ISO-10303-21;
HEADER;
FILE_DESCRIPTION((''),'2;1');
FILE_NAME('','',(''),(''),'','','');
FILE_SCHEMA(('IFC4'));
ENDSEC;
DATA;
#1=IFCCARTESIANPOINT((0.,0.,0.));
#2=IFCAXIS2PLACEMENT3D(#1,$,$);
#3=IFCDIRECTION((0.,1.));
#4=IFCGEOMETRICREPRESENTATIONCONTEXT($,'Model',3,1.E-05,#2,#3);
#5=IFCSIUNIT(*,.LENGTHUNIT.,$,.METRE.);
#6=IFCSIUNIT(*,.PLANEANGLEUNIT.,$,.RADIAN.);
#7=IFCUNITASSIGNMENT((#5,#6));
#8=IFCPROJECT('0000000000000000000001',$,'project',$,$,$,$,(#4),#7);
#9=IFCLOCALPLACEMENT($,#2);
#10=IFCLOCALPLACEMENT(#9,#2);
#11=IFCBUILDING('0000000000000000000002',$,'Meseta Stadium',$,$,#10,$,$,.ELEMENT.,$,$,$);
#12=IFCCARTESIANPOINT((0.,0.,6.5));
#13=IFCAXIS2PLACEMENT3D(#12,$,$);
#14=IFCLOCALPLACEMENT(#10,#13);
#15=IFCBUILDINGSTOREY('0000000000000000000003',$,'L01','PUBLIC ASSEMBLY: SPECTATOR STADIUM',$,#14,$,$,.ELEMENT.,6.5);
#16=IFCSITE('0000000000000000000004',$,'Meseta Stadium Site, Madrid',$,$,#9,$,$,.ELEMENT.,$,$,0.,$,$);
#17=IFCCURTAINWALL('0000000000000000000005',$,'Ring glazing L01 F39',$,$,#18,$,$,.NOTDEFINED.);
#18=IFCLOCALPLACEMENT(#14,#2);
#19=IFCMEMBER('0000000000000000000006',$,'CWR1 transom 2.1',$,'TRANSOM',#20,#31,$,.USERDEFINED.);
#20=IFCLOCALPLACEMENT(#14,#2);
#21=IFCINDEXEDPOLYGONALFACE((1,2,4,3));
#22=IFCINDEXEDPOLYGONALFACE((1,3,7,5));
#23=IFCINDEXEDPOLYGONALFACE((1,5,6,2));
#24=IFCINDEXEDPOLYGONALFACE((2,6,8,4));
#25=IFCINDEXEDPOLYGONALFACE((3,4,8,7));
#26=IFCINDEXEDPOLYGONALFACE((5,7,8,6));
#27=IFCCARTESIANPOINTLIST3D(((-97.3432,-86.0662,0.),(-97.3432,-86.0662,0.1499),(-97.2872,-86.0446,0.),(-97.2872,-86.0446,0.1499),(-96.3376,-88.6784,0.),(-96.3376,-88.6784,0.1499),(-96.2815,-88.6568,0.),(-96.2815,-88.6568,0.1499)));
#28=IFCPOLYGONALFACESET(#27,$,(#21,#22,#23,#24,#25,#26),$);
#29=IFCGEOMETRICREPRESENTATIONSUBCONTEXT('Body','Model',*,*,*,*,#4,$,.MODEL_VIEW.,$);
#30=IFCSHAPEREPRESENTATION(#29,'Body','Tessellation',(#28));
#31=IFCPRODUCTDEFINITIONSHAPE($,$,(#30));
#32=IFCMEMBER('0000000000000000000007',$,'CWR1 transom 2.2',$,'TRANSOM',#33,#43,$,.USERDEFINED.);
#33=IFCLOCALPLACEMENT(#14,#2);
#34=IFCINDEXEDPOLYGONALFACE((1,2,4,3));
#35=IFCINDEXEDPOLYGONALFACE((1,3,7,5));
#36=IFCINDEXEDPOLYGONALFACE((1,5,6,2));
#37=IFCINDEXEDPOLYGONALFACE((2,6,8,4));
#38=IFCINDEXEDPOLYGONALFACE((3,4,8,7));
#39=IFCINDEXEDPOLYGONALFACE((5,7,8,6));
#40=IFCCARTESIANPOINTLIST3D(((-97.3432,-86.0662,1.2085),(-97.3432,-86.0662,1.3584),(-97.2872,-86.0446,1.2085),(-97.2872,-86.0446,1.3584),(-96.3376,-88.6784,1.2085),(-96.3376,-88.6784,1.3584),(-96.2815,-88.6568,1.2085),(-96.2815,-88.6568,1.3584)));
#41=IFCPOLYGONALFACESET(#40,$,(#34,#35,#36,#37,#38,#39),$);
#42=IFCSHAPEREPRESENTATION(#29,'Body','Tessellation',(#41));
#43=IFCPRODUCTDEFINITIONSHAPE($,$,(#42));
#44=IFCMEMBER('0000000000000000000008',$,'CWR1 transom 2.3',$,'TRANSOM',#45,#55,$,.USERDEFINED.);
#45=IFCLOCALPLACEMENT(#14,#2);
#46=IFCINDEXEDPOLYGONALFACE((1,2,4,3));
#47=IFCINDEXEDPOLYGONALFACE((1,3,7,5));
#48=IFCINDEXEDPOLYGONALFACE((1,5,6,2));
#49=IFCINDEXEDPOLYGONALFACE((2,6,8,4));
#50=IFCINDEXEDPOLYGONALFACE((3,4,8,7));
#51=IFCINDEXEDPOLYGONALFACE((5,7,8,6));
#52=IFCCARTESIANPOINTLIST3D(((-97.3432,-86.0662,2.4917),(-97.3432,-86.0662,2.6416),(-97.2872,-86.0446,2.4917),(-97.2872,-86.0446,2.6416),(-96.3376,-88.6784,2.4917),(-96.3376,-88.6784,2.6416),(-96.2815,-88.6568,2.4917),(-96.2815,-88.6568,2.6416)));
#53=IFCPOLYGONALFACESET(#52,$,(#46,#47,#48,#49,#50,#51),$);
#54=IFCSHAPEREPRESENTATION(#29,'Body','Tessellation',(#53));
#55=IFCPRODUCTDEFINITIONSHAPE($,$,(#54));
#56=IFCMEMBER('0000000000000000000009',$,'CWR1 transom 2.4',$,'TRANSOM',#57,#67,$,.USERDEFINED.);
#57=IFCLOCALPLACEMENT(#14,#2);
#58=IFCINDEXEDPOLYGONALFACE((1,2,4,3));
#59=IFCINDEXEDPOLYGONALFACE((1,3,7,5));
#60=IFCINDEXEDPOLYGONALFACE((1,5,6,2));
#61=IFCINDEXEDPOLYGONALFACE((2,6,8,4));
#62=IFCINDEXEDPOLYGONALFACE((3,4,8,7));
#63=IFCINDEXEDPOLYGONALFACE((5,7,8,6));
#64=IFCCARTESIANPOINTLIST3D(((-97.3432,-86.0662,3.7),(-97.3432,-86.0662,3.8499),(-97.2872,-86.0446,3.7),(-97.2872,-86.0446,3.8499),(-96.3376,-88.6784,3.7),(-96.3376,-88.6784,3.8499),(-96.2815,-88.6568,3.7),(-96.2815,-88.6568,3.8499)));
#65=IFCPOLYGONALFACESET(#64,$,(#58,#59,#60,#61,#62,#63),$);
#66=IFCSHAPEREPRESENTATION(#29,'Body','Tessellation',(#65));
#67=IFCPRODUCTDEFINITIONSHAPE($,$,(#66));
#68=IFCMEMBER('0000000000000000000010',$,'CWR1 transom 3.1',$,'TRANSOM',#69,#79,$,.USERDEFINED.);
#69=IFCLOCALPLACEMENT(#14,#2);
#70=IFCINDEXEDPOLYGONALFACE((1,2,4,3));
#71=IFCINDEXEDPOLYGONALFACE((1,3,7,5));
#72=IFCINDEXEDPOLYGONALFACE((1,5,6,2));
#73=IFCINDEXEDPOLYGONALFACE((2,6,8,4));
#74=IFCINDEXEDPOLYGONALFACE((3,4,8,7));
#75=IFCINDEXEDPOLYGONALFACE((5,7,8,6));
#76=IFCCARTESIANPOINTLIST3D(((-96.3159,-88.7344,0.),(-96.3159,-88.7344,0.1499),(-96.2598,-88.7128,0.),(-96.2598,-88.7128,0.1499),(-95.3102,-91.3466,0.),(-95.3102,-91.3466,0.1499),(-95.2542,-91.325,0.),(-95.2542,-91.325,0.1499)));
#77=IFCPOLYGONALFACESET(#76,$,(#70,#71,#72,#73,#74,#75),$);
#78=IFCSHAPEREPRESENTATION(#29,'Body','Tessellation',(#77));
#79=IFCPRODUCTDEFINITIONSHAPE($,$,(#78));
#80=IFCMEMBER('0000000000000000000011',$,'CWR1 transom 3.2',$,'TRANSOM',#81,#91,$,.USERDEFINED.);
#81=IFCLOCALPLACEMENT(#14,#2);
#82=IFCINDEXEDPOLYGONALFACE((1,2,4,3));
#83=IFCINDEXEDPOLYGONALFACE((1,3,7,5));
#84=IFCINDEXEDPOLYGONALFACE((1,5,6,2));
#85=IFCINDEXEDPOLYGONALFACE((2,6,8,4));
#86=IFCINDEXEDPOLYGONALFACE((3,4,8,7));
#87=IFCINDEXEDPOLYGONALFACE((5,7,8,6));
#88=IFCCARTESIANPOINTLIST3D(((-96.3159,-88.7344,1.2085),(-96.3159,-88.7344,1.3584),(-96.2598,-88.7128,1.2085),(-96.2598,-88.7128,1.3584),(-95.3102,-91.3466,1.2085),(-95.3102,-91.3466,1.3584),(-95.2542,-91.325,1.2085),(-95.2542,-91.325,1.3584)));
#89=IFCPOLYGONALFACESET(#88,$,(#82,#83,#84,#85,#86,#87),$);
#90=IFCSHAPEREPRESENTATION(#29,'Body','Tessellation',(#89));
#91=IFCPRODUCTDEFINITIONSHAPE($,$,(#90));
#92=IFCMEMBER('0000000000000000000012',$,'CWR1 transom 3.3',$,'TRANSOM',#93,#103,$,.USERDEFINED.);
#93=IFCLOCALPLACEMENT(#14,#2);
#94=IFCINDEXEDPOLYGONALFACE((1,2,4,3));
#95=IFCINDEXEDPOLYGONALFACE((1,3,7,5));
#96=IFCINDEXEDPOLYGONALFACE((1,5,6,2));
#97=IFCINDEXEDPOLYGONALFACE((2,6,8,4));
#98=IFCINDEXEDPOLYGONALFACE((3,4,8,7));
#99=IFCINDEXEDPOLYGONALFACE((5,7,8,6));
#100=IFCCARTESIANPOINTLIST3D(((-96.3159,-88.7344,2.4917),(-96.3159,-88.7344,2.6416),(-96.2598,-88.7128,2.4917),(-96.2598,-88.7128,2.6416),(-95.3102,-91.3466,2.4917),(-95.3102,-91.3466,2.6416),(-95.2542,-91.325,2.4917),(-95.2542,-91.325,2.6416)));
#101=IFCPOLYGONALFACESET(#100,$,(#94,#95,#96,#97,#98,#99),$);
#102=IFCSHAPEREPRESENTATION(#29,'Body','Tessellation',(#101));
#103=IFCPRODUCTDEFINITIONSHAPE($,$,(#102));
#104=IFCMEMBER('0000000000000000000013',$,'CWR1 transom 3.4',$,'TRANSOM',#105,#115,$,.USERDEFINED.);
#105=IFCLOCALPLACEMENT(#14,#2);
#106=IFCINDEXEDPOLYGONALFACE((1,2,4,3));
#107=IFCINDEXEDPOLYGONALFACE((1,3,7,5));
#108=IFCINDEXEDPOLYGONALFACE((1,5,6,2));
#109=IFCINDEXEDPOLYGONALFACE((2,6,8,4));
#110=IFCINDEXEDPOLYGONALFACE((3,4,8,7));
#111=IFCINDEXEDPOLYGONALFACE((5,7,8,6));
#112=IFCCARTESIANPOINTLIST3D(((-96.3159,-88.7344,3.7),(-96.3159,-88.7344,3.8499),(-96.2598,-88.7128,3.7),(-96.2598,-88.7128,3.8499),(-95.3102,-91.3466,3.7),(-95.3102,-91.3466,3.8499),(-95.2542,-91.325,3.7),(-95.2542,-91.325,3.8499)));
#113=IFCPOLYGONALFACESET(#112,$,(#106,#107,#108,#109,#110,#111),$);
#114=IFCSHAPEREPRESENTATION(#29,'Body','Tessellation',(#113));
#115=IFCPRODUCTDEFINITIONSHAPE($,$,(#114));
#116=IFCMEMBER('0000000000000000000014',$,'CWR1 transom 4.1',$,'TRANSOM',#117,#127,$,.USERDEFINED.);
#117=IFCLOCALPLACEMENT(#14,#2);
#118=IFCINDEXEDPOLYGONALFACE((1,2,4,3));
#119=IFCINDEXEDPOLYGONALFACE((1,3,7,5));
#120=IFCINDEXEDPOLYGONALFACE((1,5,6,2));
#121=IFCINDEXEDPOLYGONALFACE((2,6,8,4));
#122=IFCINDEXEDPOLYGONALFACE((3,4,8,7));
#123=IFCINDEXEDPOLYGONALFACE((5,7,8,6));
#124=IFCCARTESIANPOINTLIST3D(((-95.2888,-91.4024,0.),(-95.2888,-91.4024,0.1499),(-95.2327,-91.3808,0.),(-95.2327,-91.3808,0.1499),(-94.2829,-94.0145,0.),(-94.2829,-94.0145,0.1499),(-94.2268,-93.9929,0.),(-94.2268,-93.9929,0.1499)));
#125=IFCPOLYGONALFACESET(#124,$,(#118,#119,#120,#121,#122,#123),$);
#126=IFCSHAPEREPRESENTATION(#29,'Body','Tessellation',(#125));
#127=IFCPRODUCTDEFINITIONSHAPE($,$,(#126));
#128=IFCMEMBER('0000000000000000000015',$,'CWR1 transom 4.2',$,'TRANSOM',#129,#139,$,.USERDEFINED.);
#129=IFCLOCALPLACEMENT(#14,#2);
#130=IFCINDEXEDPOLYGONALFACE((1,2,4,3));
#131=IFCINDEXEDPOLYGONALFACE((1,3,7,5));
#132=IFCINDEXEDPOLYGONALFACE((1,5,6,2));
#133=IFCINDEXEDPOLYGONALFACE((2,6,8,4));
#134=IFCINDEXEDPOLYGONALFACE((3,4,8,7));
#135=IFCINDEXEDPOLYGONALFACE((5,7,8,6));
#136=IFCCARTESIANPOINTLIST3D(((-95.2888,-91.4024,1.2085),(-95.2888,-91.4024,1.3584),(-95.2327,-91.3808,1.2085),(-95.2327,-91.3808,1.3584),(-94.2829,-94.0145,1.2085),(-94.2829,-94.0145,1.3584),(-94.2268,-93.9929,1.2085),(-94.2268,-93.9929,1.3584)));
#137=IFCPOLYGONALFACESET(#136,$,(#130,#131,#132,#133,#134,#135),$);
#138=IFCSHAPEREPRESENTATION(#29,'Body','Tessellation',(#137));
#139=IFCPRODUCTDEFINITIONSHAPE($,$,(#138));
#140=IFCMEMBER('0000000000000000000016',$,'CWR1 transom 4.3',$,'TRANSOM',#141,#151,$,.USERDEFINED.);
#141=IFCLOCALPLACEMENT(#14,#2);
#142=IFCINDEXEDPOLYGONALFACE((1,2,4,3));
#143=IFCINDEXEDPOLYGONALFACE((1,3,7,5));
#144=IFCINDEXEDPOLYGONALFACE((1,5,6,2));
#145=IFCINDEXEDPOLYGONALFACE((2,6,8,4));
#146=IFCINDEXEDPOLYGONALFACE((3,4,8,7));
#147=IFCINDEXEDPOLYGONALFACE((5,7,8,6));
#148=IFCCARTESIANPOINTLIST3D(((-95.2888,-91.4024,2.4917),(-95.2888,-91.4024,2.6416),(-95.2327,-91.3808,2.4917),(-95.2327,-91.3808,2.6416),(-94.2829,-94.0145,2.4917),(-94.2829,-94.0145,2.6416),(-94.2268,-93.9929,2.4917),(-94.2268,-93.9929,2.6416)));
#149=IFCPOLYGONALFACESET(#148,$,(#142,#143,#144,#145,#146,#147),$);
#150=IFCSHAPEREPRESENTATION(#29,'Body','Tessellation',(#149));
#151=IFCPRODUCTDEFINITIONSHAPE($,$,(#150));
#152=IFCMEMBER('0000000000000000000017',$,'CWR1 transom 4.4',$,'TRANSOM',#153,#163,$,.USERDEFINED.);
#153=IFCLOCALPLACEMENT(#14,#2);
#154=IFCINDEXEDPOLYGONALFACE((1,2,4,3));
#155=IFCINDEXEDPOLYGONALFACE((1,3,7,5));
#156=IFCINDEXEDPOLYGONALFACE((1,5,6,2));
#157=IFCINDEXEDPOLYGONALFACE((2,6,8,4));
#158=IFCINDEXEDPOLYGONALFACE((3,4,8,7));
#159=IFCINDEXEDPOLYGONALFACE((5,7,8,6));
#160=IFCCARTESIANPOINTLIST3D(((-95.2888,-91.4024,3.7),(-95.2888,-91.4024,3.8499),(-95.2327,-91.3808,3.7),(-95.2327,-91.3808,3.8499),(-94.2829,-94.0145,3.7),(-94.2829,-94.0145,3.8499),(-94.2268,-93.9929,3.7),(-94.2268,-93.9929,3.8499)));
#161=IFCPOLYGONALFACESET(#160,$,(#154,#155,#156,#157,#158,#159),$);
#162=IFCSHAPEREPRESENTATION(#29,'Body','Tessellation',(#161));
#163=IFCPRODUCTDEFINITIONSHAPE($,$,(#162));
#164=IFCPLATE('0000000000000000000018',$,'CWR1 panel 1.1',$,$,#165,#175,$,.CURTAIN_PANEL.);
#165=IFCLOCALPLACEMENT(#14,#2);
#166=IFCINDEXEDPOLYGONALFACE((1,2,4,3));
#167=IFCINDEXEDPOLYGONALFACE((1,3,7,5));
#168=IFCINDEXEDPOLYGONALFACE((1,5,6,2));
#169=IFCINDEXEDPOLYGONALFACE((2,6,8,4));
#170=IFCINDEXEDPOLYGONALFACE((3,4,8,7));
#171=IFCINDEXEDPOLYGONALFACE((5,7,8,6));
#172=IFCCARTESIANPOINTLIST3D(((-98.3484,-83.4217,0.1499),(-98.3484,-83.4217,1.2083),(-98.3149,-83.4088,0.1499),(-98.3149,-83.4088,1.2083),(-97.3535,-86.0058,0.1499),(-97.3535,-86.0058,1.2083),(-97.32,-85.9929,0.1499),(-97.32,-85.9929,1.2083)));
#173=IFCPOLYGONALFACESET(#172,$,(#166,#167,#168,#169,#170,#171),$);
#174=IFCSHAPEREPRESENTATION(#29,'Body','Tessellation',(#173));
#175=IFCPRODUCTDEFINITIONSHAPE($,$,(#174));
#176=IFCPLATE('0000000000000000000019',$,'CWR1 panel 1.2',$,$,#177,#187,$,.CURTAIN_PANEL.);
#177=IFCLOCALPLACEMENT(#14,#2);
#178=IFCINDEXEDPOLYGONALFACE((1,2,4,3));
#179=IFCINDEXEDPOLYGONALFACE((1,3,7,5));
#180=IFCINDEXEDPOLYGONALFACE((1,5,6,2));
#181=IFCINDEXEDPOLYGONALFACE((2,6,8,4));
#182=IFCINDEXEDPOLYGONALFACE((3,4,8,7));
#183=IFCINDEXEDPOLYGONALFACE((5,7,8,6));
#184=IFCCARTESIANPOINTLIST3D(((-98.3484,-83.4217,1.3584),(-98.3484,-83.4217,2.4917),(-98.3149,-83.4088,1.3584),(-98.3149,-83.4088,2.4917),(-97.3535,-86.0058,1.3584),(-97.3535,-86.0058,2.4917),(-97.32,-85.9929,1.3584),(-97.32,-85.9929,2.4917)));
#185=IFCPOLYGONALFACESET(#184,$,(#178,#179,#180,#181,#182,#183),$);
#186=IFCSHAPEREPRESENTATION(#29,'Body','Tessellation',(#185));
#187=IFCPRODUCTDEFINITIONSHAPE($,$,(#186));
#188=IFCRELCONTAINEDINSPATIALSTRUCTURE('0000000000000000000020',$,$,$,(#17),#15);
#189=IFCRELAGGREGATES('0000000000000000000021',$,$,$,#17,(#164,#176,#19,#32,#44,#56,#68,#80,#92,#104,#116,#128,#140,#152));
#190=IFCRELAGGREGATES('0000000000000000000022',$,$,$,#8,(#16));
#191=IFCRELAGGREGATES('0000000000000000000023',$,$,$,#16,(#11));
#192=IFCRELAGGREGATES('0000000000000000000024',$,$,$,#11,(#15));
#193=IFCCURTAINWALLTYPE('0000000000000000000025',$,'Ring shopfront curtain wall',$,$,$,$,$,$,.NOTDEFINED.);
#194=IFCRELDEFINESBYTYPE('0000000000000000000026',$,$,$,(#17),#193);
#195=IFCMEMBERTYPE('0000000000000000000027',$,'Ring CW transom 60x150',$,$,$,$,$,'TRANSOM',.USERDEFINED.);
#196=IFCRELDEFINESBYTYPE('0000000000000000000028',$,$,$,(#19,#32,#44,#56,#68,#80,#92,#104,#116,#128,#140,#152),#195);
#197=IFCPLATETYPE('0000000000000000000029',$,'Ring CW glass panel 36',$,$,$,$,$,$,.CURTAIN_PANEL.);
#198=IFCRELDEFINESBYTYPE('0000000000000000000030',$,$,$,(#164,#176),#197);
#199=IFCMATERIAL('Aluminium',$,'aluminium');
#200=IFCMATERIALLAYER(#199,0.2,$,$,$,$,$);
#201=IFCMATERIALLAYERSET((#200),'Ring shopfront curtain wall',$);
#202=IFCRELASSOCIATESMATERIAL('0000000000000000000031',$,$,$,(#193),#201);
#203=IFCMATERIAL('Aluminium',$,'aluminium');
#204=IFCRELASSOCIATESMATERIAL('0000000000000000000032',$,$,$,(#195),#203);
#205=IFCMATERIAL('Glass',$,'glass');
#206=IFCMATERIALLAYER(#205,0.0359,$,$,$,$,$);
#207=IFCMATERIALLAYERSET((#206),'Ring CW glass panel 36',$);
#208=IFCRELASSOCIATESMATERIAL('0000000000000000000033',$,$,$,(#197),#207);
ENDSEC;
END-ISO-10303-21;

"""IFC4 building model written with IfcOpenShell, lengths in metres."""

from ifc_helpers import new_model, si_unit, direction, frame, origin, origin_2d, place, context, subcontext, project, spatial, rectangle, extrude, material, layer, layer_set, material_profile, profile_set, type_object, element, aggregate, save


model = new_model("IFC4")

# Units and contexts
model_context = context("Model", 3, precision=1e-05, world=origin(), true_north=direction((0.0, 1.0)))
body_context = subcontext(model_context, "Body", "Model", "MODEL_VIEW")
ifc_project = project(units=[si_unit("LENGTHUNIT", "METRE"), si_unit("PLANEANGLEUNIT", "RADIAN")], contexts=[model_context])

# Site, building, storey
site_placement = place(None, origin())
site = spatial("IfcSite", under=ifc_project, at=site_placement, Name="Meseta Stadium Site, Madrid", CompositionType="ELEMENT", RefElevation=0.0)
building_placement = place(site_placement, origin())
building = spatial("IfcBuilding", under=site, at=building_placement, Name="Meseta Stadium", CompositionType="ELEMENT")
storey_placement = place(building_placement, frame((0.0, 0.0, 6.5)))
storey = spatial("IfcBuildingStorey", under=building, at=storey_placement, Name="L01", Description="PUBLIC ASSEMBLY: SPECTATOR STADIUM", CompositionType="ELEMENT", Elevation=6.5)

# Curtain wall, members, plates
ifc_material_1 = material(Name="Aluminium", Category="aluminium")
ifc_layer_1 = layer(ifc_material_1, 0.2)
ifc_layer_set_1 = layer_set([ifc_layer_1], Name="Ring shopfront curtain wall")
curtain_wall_type = type_object("IfcCurtainWallType", Name="Ring shopfront curtain wall", PredefinedType="NOTDEFINED", material=ifc_layer_set_1)
curtain_wall_placement = place(storey_placement, origin())
curtain_wall = element("IfcCurtainWall", 1, at=curtain_wall_placement, inside=storey, type_object=curtain_wall_type, Name="Ring glazing L01 F39", PredefinedType="NOTDEFINED")
ifc_material_2 = material(Name="Aluminium", Category="aluminium")
ifc_material_profile_1 = material_profile(ifc_material_2, rectangle(XDim=0.0601, YDim=0.1499, at=origin_2d()), Name="CW 60x150")
ifc_profile_set_1 = profile_set([ifc_material_profile_1], Name="Aluminium")
member_type_1 = type_object("IfcMemberType", Name="Ring CW transom 60x150", ElementType="TRANSOM", PredefinedType="USERDEFINED", material=ifc_profile_set_1)
member_1_placement = place(storey_placement, frame((-97.3152, -86.0554, 0.075), z_axis=(0.359283, -0.933229, 0.0), x_axis=(0.933229, 0.359283, 0.0)))
member_1 = element("IfcMember", 2, at=member_1_placement, type_object=member_type_1, Name="CWR1 transom 2.1", ObjectType="TRANSOM", PredefinedType="USERDEFINED", context=body_context, shape_type="SweptSolid", body=[
    extrude(rectangle(XDim=0.0601, YDim=0.1499, at=origin_2d()), origin(), (0.0, 0.0, 1.0), 2.7991),
])
member_2_placement = place(storey_placement, frame((-97.3152, -86.0554, 1.2834), z_axis=(0.359283, -0.933229, 0.0), x_axis=(0.933229, 0.359283, 0.0)))
member_2 = element("IfcMember", 3, at=member_2_placement, type_object=member_type_1, Name="CWR1 transom 2.2", ObjectType="TRANSOM", PredefinedType="USERDEFINED", context=body_context, shape_type="SweptSolid", body=[
    extrude(rectangle(XDim=0.0601, YDim=0.1499, at=origin_2d()), origin(), (0.0, 0.0, 1.0), 2.7991),
])
member_3_placement = place(storey_placement, frame((-97.3152, -86.0554, 2.5667), z_axis=(0.359283, -0.933229, 0.0), x_axis=(0.933229, 0.359283, 0.0)))
member_3 = element("IfcMember", 4, at=member_3_placement, type_object=member_type_1, Name="CWR1 transom 2.3", ObjectType="TRANSOM", PredefinedType="USERDEFINED", context=body_context, shape_type="SweptSolid", body=[
    extrude(rectangle(XDim=0.0601, YDim=0.1499, at=origin_2d()), origin(), (0.0, 0.0, 1.0), 2.7991),
])
member_4_placement = place(storey_placement, frame((-97.3152, -86.0554, 3.7749), z_axis=(0.359283, -0.933229, 0.0), x_axis=(0.933229, 0.359283, 0.0)))
member_4 = element("IfcMember", 5, at=member_4_placement, type_object=member_type_1, Name="CWR1 transom 2.4", ObjectType="TRANSOM", PredefinedType="USERDEFINED", context=body_context, shape_type="SweptSolid", body=[
    extrude(rectangle(XDim=0.0601, YDim=0.1499, at=origin_2d()), origin(), (0.0, 0.0, 1.0), 2.7991),
])
member_5_placement = place(storey_placement, frame((-96.2878, -88.7236, 0.075), z_axis=(0.359283, -0.933229, 0.0), x_axis=(0.933229, 0.359283, 0.0)))
member_5 = element("IfcMember", 6, at=member_5_placement, type_object=member_type_1, Name="CWR1 transom 3.1", ObjectType="TRANSOM", PredefinedType="USERDEFINED", context=body_context, shape_type="SweptSolid", body=[
    extrude(rectangle(XDim=0.0601, YDim=0.1499, at=origin_2d()), origin(), (0.0, 0.0, 1.0), 2.7991),
])
member_6_placement = place(storey_placement, frame((-96.2878, -88.7236, 1.2834), z_axis=(0.359283, -0.933229, 0.0), x_axis=(0.933229, 0.359283, 0.0)))
member_6 = element("IfcMember", 7, at=member_6_placement, type_object=member_type_1, Name="CWR1 transom 3.2", ObjectType="TRANSOM", PredefinedType="USERDEFINED", context=body_context, shape_type="SweptSolid", body=[
    extrude(rectangle(XDim=0.0601, YDim=0.1499, at=origin_2d()), origin(), (0.0, 0.0, 1.0), 2.7991),
])
member_7_placement = place(storey_placement, frame((-96.2878, -88.7236, 2.5667), z_axis=(0.359283, -0.933229, 0.0), x_axis=(0.933229, 0.359283, 0.0)))
member_7 = element("IfcMember", 8, at=member_7_placement, type_object=member_type_1, Name="CWR1 transom 3.3", ObjectType="TRANSOM", PredefinedType="USERDEFINED", context=body_context, shape_type="SweptSolid", body=[
    extrude(rectangle(XDim=0.0601, YDim=0.1499, at=origin_2d()), origin(), (0.0, 0.0, 1.0), 2.7991),
])
member_8_placement = place(storey_placement, frame((-96.2878, -88.7236, 3.7749), z_axis=(0.359283, -0.933229, 0.0), x_axis=(0.933229, 0.359283, 0.0)))
member_8 = element("IfcMember", 9, at=member_8_placement, type_object=member_type_1, Name="CWR1 transom 3.4", ObjectType="TRANSOM", PredefinedType="USERDEFINED", context=body_context, shape_type="SweptSolid", body=[
    extrude(rectangle(XDim=0.0601, YDim=0.1499, at=origin_2d()), origin(), (0.0, 0.0, 1.0), 2.7991),
])
member_9_placement = place(storey_placement, frame((-95.2607, -91.3916, 0.075), z_axis=(0.359359, -0.933199, 0.0), x_axis=(0.933199, 0.359359, 0.0)))
member_9 = element("IfcMember", 10, at=member_9_placement, type_object=member_type_1, Name="CWR1 transom 4.1", ObjectType="TRANSOM", PredefinedType="USERDEFINED", context=body_context, shape_type="SweptSolid", body=[
    extrude(rectangle(XDim=0.0601, YDim=0.1499, at=origin_2d()), origin(), (0.0, 0.0, 1.0), 2.7991),
])
member_10_placement = place(storey_placement, frame((-95.2607, -91.3916, 1.2834), z_axis=(0.359359, -0.933199, 0.0), x_axis=(0.933199, 0.359359, 0.0)))
member_10 = element("IfcMember", 11, at=member_10_placement, type_object=member_type_1, Name="CWR1 transom 4.2", ObjectType="TRANSOM", PredefinedType="USERDEFINED", context=body_context, shape_type="SweptSolid", body=[
    extrude(rectangle(XDim=0.0601, YDim=0.1499, at=origin_2d()), origin(), (0.0, 0.0, 1.0), 2.7991),
])
member_11_placement = place(storey_placement, frame((-95.2607, -91.3916, 2.5667), z_axis=(0.359359, -0.933199, 0.0), x_axis=(0.933199, 0.359359, 0.0)))
member_11 = element("IfcMember", 12, at=member_11_placement, type_object=member_type_1, Name="CWR1 transom 4.3", ObjectType="TRANSOM", PredefinedType="USERDEFINED", context=body_context, shape_type="SweptSolid", body=[
    extrude(rectangle(XDim=0.0601, YDim=0.1499, at=origin_2d()), origin(), (0.0, 0.0, 1.0), 2.7991),
])
member_12_placement = place(storey_placement, frame((-95.2607, -91.3916, 3.7749), z_axis=(0.359359, -0.933199, 0.0), x_axis=(0.933199, 0.359359, 0.0)))
member_12 = element("IfcMember", 13, at=member_12_placement, type_object=member_type_1, Name="CWR1 transom 4.4", ObjectType="TRANSOM", PredefinedType="USERDEFINED", context=body_context, shape_type="SweptSolid", body=[
    extrude(rectangle(XDim=0.0601, YDim=0.1499, at=origin_2d()), origin(), (0.0, 0.0, 1.0), 2.7991),
])
ifc_material_3 = material(Name="Glass", Category="glass")
ifc_layer_2 = layer(ifc_material_3, 0.0359)
ifc_layer_set_2 = layer_set([ifc_layer_2], Name="Ring CW glass panel 36")
plate_type_1 = type_object("IfcPlateType", Name="Ring CW glass panel 36", PredefinedType="CURTAIN_PANEL", material=ifc_layer_set_2)
plate_1_placement = place(storey_placement, frame((-97.8342, -84.7073, 0.1499), z_axis=(0.0, 0.0, 1.0), x_axis=(0.359302, -0.933221, 0.0)))
plate_1 = element("IfcPlate", 14, at=plate_1_placement, type_object=plate_type_1, Name="CWR1 panel 1.1", PredefinedType="CURTAIN_PANEL", context=body_context, shape_type="SweptSolid", body=[
    extrude(rectangle(XDim=2.769, YDim=0.0359, at=origin_2d()), origin(), (0.0, 0.0, 1.0), 1.0583),
])
plate_2_placement = place(storey_placement, frame((-97.8342, -84.7073, 1.3584), z_axis=(0.0, 0.0, 1.0), x_axis=(0.359302, -0.933221, 0.0)))
plate_2 = element("IfcPlate", 15, at=plate_2_placement, type_object=plate_type_1, Name="CWR1 panel 1.2", PredefinedType="CURTAIN_PANEL", context=body_context, shape_type="SweptSolid", body=[
    extrude(rectangle(XDim=2.769, YDim=0.0359, at=origin_2d()), origin(), (0.0, 0.0, 1.0), 1.1333),
])
aggregate(curtain_wall, [plate_1, plate_2, member_1, member_2, member_3, member_4, member_5, member_6, member_7, member_8, member_9, member_10, member_11, member_12])

save(model, "model.ifc")
